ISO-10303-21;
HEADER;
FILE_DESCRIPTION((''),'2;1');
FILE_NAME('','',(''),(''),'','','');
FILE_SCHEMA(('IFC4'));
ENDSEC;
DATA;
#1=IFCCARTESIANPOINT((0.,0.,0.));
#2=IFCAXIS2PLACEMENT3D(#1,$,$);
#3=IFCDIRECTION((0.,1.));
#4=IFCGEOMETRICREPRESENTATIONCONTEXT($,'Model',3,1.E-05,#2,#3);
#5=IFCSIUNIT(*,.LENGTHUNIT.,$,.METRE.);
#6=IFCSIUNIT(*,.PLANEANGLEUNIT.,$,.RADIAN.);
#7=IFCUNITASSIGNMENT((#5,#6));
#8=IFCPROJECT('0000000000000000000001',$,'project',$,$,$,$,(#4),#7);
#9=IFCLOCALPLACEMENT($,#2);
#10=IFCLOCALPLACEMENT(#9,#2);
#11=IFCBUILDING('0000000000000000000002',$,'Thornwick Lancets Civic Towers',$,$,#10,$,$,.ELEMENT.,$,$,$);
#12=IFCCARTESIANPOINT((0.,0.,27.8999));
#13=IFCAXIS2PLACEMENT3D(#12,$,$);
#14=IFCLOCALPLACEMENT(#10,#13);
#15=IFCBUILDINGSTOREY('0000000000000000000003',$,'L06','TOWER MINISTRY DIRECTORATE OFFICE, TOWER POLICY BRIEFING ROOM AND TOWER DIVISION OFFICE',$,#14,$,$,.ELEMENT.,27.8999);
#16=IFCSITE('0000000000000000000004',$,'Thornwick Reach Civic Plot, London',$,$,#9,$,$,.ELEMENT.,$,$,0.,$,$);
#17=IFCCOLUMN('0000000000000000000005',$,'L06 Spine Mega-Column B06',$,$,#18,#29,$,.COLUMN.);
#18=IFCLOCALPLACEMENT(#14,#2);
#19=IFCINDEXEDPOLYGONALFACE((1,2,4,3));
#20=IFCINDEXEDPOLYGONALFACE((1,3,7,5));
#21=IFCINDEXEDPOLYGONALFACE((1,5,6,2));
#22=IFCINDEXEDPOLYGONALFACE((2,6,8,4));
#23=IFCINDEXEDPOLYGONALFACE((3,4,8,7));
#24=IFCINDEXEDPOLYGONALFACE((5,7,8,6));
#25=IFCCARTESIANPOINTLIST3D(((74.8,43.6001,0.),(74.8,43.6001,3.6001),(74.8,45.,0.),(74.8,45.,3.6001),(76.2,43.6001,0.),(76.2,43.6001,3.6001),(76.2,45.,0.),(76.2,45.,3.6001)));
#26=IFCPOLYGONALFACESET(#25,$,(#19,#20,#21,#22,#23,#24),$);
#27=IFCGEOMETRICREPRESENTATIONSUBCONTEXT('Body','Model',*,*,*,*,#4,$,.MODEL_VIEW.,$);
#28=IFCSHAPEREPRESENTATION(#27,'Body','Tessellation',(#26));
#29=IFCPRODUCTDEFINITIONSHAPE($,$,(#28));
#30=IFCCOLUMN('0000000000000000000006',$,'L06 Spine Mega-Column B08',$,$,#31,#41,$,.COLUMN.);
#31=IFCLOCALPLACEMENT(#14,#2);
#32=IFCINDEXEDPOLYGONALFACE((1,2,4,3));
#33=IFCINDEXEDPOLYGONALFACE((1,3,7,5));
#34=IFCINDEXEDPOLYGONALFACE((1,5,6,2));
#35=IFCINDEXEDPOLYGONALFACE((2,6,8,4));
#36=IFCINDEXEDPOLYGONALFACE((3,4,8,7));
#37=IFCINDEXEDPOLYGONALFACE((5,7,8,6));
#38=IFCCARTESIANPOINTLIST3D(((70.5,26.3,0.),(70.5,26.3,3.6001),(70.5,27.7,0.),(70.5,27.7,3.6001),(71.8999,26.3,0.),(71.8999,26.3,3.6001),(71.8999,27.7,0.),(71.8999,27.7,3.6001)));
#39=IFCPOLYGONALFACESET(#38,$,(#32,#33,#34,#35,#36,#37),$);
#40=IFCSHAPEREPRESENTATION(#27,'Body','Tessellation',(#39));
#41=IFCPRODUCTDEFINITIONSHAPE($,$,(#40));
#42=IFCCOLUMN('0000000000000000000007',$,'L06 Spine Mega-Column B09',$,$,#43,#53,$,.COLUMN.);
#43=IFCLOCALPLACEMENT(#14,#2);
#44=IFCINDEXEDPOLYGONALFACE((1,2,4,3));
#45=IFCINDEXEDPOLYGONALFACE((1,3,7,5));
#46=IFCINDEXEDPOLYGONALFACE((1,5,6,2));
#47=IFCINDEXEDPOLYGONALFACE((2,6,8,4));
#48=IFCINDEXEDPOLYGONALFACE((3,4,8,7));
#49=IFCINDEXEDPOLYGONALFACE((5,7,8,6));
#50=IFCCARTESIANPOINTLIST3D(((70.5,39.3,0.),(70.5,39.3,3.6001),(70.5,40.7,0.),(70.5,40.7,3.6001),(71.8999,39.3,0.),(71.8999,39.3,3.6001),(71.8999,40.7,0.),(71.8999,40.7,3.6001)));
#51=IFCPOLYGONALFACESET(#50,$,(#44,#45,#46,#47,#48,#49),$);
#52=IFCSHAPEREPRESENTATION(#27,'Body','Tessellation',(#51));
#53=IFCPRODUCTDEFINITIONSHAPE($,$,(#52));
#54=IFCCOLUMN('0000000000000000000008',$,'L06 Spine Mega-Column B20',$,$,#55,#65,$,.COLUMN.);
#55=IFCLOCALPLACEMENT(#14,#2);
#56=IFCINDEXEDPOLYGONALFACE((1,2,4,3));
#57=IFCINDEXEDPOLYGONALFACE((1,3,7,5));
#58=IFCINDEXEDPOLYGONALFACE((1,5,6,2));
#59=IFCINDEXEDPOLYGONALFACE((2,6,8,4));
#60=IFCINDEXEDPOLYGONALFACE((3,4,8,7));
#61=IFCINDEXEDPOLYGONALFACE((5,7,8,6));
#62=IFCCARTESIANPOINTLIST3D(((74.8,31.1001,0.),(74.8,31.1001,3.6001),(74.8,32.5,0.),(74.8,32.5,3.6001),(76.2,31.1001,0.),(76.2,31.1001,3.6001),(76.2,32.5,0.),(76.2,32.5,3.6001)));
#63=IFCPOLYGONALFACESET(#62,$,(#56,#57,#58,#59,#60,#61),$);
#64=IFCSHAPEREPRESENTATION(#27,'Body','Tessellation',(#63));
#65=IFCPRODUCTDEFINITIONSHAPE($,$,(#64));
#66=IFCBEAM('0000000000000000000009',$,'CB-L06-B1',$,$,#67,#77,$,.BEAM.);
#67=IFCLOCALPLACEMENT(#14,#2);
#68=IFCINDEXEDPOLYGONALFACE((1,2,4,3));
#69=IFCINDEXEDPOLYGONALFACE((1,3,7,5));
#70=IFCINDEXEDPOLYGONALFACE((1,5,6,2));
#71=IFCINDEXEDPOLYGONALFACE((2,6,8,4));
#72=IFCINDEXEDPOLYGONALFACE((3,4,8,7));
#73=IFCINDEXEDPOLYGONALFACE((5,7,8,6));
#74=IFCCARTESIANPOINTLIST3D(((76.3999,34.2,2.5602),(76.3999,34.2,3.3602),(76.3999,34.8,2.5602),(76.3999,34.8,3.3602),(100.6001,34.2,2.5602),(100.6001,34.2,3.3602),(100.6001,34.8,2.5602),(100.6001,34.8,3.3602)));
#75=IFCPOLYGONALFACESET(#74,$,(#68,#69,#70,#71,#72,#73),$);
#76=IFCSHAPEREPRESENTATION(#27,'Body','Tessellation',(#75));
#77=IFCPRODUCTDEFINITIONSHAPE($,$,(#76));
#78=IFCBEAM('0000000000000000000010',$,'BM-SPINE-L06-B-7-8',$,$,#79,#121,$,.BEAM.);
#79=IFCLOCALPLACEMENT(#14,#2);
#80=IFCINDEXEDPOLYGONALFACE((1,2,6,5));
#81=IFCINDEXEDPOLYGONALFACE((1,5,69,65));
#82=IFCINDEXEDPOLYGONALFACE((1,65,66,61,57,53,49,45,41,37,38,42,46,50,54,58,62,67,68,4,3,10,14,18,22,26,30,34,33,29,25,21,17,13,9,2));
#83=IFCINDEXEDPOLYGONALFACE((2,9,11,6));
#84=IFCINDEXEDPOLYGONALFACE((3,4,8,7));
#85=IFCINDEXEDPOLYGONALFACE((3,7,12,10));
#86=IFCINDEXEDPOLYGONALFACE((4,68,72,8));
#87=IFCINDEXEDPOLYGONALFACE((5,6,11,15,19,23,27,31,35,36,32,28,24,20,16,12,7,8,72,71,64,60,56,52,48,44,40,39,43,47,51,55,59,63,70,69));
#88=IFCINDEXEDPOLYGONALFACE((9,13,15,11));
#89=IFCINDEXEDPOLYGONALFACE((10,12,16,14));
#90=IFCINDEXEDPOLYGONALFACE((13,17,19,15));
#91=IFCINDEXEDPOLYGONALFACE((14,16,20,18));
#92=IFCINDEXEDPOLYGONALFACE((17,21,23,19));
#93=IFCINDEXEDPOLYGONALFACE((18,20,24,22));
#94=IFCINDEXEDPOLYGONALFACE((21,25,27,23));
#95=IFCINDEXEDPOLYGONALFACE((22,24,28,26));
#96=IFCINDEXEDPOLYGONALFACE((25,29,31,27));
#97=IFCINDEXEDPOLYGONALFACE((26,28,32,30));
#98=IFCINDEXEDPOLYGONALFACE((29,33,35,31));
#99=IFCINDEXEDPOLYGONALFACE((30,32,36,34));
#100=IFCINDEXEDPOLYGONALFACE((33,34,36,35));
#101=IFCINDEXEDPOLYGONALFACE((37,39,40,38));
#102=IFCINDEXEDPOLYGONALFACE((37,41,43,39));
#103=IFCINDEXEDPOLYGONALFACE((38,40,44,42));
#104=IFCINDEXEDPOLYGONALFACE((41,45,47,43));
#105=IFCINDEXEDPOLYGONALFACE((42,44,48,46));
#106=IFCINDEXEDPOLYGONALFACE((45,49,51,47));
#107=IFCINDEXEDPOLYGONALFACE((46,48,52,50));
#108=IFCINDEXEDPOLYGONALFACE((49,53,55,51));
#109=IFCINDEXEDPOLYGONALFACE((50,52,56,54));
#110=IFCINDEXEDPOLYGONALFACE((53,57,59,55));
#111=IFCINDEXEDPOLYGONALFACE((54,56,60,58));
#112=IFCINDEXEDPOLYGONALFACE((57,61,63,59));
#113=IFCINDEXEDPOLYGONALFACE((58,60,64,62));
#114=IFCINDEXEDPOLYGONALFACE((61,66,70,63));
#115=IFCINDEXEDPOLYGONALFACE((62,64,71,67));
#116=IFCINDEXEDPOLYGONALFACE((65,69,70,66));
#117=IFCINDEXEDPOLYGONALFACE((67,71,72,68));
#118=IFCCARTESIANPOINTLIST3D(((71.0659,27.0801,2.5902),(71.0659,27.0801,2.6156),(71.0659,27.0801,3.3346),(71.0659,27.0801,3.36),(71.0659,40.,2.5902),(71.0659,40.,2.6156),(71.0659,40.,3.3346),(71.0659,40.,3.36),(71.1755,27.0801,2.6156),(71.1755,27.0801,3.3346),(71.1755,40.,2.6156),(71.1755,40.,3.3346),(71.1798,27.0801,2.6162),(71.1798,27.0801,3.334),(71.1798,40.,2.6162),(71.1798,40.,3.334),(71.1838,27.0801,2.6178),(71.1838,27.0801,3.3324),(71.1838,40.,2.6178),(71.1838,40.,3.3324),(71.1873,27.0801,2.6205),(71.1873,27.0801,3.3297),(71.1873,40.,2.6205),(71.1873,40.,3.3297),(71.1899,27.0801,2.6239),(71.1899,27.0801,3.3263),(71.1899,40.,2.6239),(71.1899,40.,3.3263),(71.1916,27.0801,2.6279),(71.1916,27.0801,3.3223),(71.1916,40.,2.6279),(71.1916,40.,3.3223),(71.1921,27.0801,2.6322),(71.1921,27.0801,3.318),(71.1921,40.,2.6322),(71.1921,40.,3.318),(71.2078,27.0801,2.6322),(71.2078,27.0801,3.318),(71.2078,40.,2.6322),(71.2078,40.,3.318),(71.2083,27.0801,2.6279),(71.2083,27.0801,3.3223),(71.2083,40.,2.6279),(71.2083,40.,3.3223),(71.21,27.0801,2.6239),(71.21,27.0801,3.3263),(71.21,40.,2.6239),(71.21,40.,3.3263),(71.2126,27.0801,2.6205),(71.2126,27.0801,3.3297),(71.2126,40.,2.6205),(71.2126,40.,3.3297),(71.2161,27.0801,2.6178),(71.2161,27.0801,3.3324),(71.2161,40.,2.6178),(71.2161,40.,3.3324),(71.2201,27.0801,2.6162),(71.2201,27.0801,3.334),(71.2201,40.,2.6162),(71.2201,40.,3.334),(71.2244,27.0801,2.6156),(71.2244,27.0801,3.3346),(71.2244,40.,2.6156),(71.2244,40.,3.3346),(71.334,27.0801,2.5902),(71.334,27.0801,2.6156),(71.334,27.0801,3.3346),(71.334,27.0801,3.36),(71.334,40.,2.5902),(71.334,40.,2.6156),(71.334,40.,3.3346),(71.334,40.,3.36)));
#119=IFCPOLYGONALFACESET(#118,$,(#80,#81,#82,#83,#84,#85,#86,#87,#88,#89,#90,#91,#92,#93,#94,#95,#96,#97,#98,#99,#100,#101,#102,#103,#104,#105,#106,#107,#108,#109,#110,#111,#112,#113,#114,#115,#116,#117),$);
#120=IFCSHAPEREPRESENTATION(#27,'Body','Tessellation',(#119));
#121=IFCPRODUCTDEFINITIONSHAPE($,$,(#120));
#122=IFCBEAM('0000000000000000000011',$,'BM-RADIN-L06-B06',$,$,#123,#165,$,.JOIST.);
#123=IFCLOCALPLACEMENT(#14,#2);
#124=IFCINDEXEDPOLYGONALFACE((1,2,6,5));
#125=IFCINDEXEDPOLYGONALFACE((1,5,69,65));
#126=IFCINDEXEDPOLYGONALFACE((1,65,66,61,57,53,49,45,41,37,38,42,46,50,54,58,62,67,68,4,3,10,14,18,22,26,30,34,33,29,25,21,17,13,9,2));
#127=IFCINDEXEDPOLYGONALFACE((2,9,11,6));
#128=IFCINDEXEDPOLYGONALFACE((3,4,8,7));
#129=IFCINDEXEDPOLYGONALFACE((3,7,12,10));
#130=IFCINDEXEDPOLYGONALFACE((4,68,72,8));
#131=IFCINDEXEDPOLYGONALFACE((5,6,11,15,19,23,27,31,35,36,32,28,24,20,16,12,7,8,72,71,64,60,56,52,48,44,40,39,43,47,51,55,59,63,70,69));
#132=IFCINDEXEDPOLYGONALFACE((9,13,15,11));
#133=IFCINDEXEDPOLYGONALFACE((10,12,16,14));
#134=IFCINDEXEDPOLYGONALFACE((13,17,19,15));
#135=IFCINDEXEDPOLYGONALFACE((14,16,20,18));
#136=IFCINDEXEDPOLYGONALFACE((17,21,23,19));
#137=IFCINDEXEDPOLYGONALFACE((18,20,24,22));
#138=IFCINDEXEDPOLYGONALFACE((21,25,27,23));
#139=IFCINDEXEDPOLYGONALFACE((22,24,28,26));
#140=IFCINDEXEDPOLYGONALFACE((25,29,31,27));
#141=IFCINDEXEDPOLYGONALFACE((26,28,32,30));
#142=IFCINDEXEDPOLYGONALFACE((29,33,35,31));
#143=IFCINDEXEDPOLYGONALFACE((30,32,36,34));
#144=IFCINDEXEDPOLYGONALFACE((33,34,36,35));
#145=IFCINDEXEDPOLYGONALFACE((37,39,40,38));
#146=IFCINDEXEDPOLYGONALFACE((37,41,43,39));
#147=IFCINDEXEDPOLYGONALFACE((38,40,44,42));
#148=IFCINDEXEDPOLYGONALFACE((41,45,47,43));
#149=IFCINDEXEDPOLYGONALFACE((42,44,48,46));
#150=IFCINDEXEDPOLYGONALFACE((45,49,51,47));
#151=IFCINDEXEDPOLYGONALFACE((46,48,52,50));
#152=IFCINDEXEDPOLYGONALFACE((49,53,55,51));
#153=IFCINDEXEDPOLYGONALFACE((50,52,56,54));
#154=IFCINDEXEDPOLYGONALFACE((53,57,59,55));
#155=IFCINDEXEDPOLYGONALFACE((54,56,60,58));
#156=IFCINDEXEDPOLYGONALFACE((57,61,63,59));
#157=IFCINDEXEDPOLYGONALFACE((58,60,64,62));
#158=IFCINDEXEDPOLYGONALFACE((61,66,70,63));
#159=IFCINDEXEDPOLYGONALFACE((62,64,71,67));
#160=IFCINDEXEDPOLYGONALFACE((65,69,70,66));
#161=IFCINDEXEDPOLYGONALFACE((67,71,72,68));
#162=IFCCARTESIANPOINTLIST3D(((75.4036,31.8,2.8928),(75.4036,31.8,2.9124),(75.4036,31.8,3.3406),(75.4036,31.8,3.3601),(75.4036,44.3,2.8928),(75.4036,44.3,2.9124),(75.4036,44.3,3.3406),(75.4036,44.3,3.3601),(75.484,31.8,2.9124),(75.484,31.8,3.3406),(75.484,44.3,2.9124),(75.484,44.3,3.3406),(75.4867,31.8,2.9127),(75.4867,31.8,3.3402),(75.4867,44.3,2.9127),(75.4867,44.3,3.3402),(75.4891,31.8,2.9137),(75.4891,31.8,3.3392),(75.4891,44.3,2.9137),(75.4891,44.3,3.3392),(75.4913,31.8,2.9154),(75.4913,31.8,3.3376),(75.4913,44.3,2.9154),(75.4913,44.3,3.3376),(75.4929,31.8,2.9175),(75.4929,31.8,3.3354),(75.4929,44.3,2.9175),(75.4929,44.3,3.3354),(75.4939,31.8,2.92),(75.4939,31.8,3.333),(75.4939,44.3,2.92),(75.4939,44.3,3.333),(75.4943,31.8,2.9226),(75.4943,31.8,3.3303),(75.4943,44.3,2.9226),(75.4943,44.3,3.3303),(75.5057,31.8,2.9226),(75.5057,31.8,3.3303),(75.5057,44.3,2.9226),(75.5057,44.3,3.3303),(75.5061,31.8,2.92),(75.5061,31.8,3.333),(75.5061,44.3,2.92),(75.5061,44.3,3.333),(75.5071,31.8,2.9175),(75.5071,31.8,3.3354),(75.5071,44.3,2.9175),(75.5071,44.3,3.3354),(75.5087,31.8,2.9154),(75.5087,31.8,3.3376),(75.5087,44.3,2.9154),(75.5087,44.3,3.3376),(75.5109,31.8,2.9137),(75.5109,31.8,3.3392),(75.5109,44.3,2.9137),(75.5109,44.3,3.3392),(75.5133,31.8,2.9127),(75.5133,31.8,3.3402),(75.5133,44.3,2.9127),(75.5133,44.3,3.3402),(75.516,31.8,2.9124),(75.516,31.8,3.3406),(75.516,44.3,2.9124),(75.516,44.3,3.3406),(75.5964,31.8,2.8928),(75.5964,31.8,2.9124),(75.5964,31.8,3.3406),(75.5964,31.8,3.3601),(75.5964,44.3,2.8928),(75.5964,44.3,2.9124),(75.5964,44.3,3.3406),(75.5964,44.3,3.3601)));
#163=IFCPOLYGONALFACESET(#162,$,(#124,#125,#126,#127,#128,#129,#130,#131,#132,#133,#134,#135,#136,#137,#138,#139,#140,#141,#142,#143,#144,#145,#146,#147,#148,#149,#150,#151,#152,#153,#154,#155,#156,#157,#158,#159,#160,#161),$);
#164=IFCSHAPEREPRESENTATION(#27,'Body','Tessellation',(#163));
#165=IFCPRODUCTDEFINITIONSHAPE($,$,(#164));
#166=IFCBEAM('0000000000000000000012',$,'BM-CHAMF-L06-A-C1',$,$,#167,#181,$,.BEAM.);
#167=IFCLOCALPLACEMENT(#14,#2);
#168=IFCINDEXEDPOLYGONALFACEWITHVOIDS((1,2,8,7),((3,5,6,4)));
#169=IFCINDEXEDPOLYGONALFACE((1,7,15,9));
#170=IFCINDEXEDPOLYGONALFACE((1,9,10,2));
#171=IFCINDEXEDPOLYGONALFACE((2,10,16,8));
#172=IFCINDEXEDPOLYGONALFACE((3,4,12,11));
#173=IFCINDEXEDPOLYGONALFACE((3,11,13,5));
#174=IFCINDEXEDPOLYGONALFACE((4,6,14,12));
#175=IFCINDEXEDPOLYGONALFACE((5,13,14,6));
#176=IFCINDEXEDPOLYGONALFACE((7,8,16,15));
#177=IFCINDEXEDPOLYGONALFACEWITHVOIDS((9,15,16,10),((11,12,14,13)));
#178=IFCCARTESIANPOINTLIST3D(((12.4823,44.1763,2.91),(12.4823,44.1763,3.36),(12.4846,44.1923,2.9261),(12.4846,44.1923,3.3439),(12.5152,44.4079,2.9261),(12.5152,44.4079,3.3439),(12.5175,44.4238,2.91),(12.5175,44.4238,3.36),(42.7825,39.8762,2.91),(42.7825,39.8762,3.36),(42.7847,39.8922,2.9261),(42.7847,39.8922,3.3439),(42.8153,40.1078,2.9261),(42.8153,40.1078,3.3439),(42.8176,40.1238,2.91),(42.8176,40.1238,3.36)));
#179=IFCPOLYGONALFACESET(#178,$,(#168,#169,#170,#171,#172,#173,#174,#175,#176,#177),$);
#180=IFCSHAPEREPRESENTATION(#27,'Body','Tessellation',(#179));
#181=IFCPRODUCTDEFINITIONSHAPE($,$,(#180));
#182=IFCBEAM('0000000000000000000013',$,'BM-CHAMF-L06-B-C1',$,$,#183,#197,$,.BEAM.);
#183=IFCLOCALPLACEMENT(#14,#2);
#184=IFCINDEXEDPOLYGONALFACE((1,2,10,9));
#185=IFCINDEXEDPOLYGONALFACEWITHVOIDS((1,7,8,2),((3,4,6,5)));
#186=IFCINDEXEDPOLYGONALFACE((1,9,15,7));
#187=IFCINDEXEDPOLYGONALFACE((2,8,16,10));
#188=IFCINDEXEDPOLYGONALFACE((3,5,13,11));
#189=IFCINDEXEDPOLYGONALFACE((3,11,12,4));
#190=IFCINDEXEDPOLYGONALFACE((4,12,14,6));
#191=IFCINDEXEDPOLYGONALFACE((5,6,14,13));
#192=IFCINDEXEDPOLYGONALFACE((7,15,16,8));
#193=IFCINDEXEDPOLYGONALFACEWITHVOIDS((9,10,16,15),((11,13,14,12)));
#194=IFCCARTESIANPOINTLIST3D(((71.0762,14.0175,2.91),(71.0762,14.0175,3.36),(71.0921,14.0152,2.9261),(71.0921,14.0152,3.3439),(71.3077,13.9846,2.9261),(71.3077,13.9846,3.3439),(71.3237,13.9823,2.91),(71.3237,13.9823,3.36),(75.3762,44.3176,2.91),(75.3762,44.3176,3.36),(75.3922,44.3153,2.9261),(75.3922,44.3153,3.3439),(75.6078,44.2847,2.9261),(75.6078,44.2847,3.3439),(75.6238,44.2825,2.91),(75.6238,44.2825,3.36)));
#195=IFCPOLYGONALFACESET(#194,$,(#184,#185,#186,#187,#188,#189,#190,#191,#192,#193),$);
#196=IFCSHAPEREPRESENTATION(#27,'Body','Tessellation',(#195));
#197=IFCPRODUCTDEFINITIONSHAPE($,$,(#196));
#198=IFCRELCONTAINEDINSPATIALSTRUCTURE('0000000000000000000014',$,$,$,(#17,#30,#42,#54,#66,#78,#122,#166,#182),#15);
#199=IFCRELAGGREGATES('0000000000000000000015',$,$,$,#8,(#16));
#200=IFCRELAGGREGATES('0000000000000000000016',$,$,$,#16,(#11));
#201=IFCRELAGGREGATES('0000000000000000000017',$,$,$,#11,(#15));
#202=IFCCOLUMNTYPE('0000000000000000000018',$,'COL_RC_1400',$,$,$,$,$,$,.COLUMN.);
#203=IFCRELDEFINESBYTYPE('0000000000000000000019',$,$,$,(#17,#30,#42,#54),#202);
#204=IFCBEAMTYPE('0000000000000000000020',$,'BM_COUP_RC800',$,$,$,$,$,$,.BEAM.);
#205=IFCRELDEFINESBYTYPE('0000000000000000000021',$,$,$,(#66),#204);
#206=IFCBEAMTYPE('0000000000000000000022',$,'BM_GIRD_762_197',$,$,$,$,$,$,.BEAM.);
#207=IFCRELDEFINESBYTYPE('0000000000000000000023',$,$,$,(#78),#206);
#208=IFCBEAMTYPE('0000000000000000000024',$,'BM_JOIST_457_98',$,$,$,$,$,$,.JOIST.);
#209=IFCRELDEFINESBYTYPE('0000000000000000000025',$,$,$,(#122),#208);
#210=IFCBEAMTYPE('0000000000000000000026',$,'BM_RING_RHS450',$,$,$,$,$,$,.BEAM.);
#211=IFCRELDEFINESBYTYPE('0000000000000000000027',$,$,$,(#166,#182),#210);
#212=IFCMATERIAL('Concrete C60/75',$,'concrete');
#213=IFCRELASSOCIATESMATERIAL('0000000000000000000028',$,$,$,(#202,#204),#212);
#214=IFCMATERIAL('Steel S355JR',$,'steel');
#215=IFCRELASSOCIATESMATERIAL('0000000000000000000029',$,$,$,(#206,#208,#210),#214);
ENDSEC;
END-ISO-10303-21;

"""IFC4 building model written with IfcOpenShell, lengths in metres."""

from ifc_helpers import new_model, si_unit, direction, frame, origin, origin_2d, place, context, subcontext, project, spatial, rectangle, hollow_rectangle, i_section, extrude, material, material_profile, profile_set, type_object, element, save


model = new_model("IFC4")

# Units and contexts
model_context = context("Model", 3, precision=1e-05, world=origin(), true_north=direction((0.0, 1.0)))
body_context = subcontext(model_context, "Body", "Model", "MODEL_VIEW")
ifc_project = project(units=[si_unit("LENGTHUNIT", "METRE"), si_unit("PLANEANGLEUNIT", "RADIAN")], contexts=[model_context])

# Site, building, storey
site_placement = place(None, origin())
site = spatial("IfcSite", under=ifc_project, at=site_placement, Name="Thornwick Reach Civic Plot, London", CompositionType="ELEMENT", RefElevation=0.0)
building_placement = place(site_placement, origin())
building = spatial("IfcBuilding", under=site, at=building_placement, Name="Thornwick Lancets Civic Towers", CompositionType="ELEMENT")
storey_placement = place(building_placement, frame((0.0, 0.0, 27.8999)))
storey = spatial("IfcBuildingStorey", under=building, at=storey_placement, Name="L06", Description="TOWER MINISTRY DIRECTORATE OFFICE, TOWER POLICY BRIEFING ROOM AND TOWER DIVISION OFFICE", CompositionType="ELEMENT", Elevation=27.8999)

# Columns
ifc_material_1 = material(Name="Concrete C60/75", Category="concrete")
ifc_material_profile_1 = material_profile(ifc_material_1, rectangle(XDim=1.3999, YDim=1.3999, at=origin_2d()), Name="RC 1400x1400")
ifc_profile_set_1 = profile_set([ifc_material_profile_1], Name="Concrete C60/75")
column_type = type_object("IfcColumnType", Name="COL_RC_1400", PredefinedType="COLUMN", material=ifc_profile_set_1)
for number, where, z_axis, x_axis, name in (
    (1, (75.5, 44.3, 0.0), (0.0, 0.0, 1.0), (1.0, 0.0, 0.0), "L06 Spine Mega-Column B06"),
    (2, (71.2, 27.0, 0.0), (0.0, 0.0, 1.0), (1.0, 0.0, 0.0), "L06 Spine Mega-Column B08"),
    (3, (71.2, 40.0, 0.0), (0.0, 0.0, 1.0), (1.0, 0.0, 0.0), "L06 Spine Mega-Column B09"),
    (4, (75.5, 31.8, 0.0), (0.0, 0.0, 1.0), (1.0, 0.0, 0.0), "L06 Spine Mega-Column B20"),
):
    element("IfcColumn", number, at=place(storey_placement, frame(where, z_axis=z_axis, x_axis=x_axis)), inside=storey, type_object=column_type, Name=name, PredefinedType="COLUMN", context=body_context, shape_type="SweptSolid", body=[
        extrude(rectangle(XDim=1.3999, YDim=1.3999, at=origin_2d()), origin(), (0.0, 0.0, 1.0), 3.6001),
    ])

# Beams
ifc_material_profile_2 = material_profile(ifc_material_1, rectangle(XDim=0.6001, YDim=0.8, at=origin_2d()), Name="RC 600x800")
ifc_profile_set_2 = profile_set([ifc_material_profile_2], Name="Concrete C60/75")
beam_type_1 = type_object("IfcBeamType", Name="BM_COUP_RC800", PredefinedType="BEAM", material=ifc_profile_set_2)
beam_1_placement = place(storey_placement, frame((76.3999, 34.5, 2.9602), z_axis=(1.0, 0.0, 0.0), x_axis=(0.0, 1.0, 0.0)))
element("IfcBeam", 5, at=beam_1_placement, inside=storey, type_object=beam_type_1, Name="CB-L06-B1", PredefinedType="BEAM", context=body_context, shape_type="SweptSolid", body=[
    extrude(rectangle(XDim=0.6001, YDim=0.8, at=origin_2d()), origin(), (0.0, 0.0, 1.0), 24.2002),
])
ifc_material_2 = material(Name="Steel S355JR", Category="steel")
ifc_material_profile_3 = material_profile(ifc_material_2, i_section(OverallWidth=0.2681, OverallDepth=0.7698, WebThickness=0.0156, FlangeThickness=0.0254, FilletRadius=0.0166, at=origin_2d()), Name="UKB 762x267x197")
ifc_profile_set_3 = profile_set([ifc_material_profile_3], Name="Steel S355JR")
beam_type_2 = type_object("IfcBeamType", Name="BM_GIRD_762_197", PredefinedType="BEAM", material=ifc_profile_set_3)
beam_2_placement = place(storey_placement, frame((71.2, 27.0801, 2.9751), z_axis=(0.0, 1.0, 0.0), x_axis=(-1.0, 0.0, 0.0)))
element("IfcBeam", 6, at=beam_2_placement, inside=storey, type_object=beam_type_2, Name="BM-SPINE-L06-B-7-8", PredefinedType="BEAM", context=body_context, shape_type="SweptSolid", body=[
    extrude(i_section(OverallWidth=0.2681, OverallDepth=0.7698, WebThickness=0.0156, FlangeThickness=0.0254, FilletRadius=0.0166, at=origin_2d()), origin(), (0.0, 0.0, 1.0), 12.9199),
])
ifc_material_profile_4 = material_profile(ifc_material_2, i_section(OverallWidth=0.1929, OverallDepth=0.4673, WebThickness=0.0115, FlangeThickness=0.0195, FilletRadius=0.0103, at=origin_2d()), Name="UKB 457x191x98")
ifc_profile_set_4 = profile_set([ifc_material_profile_4], Name="Steel S355JR")
beam_type_3 = type_object("IfcBeamType", Name="BM_JOIST_457_98", PredefinedType="JOIST", material=ifc_profile_set_4)
beam_3_placement = place(storey_placement, frame((75.5, 31.8, 3.1265), z_axis=(0.0, 1.0, 0.0), x_axis=(-1.0, 0.0, 0.0)))
element("IfcBeam", 7, at=beam_3_placement, inside=storey, type_object=beam_type_3, Name="BM-RADIN-L06-B06", PredefinedType="JOIST", context=body_context, shape_type="SweptSolid", body=[
    extrude(i_section(OverallWidth=0.1929, OverallDepth=0.4673, WebThickness=0.0115, FlangeThickness=0.0195, FilletRadius=0.0103, at=origin_2d()), origin(), (0.0, 0.0, 1.0), 12.5),
])
ifc_material_profile_5 = material_profile(ifc_material_2, hollow_rectangle(XDim=0.25, YDim=0.45, WallThickness=0.0161, at=origin_2d()), Name="RHS 450x250x16")
ifc_profile_set_5 = profile_set([ifc_material_profile_5], Name="Steel S355JR")
beam_type_4 = type_object("IfcBeamType", Name="BM_RING_RHS450", PredefinedType="BEAM", material=ifc_profile_set_5)
for number, where, z_axis, x_axis, name in (
    (8, (42.8, 40.0, 3.135), (-0.99008, 0.140508, 0.0), (-0.140508, -0.99008, 0.0), "BM-CHAMF-L06-A-C1"),
    (9, (75.5, 44.3, 3.135), (-0.140508, -0.99008, 0.0), (0.99008, -0.140508, 0.0), "BM-CHAMF-L06-B-C1"),
):
    element("IfcBeam", number, at=place(storey_placement, frame(where, z_axis=z_axis, x_axis=x_axis)), inside=storey, type_object=beam_type_4, Name=name, PredefinedType="BEAM", context=body_context, shape_type="SweptSolid", body=[
        extrude(hollow_rectangle(XDim=0.25, YDim=0.45, WallThickness=0.0161, at=origin_2d()), origin(), (0.0, 0.0, 1.0), 30.6038),
    ])

save(model, "model.ifc")
